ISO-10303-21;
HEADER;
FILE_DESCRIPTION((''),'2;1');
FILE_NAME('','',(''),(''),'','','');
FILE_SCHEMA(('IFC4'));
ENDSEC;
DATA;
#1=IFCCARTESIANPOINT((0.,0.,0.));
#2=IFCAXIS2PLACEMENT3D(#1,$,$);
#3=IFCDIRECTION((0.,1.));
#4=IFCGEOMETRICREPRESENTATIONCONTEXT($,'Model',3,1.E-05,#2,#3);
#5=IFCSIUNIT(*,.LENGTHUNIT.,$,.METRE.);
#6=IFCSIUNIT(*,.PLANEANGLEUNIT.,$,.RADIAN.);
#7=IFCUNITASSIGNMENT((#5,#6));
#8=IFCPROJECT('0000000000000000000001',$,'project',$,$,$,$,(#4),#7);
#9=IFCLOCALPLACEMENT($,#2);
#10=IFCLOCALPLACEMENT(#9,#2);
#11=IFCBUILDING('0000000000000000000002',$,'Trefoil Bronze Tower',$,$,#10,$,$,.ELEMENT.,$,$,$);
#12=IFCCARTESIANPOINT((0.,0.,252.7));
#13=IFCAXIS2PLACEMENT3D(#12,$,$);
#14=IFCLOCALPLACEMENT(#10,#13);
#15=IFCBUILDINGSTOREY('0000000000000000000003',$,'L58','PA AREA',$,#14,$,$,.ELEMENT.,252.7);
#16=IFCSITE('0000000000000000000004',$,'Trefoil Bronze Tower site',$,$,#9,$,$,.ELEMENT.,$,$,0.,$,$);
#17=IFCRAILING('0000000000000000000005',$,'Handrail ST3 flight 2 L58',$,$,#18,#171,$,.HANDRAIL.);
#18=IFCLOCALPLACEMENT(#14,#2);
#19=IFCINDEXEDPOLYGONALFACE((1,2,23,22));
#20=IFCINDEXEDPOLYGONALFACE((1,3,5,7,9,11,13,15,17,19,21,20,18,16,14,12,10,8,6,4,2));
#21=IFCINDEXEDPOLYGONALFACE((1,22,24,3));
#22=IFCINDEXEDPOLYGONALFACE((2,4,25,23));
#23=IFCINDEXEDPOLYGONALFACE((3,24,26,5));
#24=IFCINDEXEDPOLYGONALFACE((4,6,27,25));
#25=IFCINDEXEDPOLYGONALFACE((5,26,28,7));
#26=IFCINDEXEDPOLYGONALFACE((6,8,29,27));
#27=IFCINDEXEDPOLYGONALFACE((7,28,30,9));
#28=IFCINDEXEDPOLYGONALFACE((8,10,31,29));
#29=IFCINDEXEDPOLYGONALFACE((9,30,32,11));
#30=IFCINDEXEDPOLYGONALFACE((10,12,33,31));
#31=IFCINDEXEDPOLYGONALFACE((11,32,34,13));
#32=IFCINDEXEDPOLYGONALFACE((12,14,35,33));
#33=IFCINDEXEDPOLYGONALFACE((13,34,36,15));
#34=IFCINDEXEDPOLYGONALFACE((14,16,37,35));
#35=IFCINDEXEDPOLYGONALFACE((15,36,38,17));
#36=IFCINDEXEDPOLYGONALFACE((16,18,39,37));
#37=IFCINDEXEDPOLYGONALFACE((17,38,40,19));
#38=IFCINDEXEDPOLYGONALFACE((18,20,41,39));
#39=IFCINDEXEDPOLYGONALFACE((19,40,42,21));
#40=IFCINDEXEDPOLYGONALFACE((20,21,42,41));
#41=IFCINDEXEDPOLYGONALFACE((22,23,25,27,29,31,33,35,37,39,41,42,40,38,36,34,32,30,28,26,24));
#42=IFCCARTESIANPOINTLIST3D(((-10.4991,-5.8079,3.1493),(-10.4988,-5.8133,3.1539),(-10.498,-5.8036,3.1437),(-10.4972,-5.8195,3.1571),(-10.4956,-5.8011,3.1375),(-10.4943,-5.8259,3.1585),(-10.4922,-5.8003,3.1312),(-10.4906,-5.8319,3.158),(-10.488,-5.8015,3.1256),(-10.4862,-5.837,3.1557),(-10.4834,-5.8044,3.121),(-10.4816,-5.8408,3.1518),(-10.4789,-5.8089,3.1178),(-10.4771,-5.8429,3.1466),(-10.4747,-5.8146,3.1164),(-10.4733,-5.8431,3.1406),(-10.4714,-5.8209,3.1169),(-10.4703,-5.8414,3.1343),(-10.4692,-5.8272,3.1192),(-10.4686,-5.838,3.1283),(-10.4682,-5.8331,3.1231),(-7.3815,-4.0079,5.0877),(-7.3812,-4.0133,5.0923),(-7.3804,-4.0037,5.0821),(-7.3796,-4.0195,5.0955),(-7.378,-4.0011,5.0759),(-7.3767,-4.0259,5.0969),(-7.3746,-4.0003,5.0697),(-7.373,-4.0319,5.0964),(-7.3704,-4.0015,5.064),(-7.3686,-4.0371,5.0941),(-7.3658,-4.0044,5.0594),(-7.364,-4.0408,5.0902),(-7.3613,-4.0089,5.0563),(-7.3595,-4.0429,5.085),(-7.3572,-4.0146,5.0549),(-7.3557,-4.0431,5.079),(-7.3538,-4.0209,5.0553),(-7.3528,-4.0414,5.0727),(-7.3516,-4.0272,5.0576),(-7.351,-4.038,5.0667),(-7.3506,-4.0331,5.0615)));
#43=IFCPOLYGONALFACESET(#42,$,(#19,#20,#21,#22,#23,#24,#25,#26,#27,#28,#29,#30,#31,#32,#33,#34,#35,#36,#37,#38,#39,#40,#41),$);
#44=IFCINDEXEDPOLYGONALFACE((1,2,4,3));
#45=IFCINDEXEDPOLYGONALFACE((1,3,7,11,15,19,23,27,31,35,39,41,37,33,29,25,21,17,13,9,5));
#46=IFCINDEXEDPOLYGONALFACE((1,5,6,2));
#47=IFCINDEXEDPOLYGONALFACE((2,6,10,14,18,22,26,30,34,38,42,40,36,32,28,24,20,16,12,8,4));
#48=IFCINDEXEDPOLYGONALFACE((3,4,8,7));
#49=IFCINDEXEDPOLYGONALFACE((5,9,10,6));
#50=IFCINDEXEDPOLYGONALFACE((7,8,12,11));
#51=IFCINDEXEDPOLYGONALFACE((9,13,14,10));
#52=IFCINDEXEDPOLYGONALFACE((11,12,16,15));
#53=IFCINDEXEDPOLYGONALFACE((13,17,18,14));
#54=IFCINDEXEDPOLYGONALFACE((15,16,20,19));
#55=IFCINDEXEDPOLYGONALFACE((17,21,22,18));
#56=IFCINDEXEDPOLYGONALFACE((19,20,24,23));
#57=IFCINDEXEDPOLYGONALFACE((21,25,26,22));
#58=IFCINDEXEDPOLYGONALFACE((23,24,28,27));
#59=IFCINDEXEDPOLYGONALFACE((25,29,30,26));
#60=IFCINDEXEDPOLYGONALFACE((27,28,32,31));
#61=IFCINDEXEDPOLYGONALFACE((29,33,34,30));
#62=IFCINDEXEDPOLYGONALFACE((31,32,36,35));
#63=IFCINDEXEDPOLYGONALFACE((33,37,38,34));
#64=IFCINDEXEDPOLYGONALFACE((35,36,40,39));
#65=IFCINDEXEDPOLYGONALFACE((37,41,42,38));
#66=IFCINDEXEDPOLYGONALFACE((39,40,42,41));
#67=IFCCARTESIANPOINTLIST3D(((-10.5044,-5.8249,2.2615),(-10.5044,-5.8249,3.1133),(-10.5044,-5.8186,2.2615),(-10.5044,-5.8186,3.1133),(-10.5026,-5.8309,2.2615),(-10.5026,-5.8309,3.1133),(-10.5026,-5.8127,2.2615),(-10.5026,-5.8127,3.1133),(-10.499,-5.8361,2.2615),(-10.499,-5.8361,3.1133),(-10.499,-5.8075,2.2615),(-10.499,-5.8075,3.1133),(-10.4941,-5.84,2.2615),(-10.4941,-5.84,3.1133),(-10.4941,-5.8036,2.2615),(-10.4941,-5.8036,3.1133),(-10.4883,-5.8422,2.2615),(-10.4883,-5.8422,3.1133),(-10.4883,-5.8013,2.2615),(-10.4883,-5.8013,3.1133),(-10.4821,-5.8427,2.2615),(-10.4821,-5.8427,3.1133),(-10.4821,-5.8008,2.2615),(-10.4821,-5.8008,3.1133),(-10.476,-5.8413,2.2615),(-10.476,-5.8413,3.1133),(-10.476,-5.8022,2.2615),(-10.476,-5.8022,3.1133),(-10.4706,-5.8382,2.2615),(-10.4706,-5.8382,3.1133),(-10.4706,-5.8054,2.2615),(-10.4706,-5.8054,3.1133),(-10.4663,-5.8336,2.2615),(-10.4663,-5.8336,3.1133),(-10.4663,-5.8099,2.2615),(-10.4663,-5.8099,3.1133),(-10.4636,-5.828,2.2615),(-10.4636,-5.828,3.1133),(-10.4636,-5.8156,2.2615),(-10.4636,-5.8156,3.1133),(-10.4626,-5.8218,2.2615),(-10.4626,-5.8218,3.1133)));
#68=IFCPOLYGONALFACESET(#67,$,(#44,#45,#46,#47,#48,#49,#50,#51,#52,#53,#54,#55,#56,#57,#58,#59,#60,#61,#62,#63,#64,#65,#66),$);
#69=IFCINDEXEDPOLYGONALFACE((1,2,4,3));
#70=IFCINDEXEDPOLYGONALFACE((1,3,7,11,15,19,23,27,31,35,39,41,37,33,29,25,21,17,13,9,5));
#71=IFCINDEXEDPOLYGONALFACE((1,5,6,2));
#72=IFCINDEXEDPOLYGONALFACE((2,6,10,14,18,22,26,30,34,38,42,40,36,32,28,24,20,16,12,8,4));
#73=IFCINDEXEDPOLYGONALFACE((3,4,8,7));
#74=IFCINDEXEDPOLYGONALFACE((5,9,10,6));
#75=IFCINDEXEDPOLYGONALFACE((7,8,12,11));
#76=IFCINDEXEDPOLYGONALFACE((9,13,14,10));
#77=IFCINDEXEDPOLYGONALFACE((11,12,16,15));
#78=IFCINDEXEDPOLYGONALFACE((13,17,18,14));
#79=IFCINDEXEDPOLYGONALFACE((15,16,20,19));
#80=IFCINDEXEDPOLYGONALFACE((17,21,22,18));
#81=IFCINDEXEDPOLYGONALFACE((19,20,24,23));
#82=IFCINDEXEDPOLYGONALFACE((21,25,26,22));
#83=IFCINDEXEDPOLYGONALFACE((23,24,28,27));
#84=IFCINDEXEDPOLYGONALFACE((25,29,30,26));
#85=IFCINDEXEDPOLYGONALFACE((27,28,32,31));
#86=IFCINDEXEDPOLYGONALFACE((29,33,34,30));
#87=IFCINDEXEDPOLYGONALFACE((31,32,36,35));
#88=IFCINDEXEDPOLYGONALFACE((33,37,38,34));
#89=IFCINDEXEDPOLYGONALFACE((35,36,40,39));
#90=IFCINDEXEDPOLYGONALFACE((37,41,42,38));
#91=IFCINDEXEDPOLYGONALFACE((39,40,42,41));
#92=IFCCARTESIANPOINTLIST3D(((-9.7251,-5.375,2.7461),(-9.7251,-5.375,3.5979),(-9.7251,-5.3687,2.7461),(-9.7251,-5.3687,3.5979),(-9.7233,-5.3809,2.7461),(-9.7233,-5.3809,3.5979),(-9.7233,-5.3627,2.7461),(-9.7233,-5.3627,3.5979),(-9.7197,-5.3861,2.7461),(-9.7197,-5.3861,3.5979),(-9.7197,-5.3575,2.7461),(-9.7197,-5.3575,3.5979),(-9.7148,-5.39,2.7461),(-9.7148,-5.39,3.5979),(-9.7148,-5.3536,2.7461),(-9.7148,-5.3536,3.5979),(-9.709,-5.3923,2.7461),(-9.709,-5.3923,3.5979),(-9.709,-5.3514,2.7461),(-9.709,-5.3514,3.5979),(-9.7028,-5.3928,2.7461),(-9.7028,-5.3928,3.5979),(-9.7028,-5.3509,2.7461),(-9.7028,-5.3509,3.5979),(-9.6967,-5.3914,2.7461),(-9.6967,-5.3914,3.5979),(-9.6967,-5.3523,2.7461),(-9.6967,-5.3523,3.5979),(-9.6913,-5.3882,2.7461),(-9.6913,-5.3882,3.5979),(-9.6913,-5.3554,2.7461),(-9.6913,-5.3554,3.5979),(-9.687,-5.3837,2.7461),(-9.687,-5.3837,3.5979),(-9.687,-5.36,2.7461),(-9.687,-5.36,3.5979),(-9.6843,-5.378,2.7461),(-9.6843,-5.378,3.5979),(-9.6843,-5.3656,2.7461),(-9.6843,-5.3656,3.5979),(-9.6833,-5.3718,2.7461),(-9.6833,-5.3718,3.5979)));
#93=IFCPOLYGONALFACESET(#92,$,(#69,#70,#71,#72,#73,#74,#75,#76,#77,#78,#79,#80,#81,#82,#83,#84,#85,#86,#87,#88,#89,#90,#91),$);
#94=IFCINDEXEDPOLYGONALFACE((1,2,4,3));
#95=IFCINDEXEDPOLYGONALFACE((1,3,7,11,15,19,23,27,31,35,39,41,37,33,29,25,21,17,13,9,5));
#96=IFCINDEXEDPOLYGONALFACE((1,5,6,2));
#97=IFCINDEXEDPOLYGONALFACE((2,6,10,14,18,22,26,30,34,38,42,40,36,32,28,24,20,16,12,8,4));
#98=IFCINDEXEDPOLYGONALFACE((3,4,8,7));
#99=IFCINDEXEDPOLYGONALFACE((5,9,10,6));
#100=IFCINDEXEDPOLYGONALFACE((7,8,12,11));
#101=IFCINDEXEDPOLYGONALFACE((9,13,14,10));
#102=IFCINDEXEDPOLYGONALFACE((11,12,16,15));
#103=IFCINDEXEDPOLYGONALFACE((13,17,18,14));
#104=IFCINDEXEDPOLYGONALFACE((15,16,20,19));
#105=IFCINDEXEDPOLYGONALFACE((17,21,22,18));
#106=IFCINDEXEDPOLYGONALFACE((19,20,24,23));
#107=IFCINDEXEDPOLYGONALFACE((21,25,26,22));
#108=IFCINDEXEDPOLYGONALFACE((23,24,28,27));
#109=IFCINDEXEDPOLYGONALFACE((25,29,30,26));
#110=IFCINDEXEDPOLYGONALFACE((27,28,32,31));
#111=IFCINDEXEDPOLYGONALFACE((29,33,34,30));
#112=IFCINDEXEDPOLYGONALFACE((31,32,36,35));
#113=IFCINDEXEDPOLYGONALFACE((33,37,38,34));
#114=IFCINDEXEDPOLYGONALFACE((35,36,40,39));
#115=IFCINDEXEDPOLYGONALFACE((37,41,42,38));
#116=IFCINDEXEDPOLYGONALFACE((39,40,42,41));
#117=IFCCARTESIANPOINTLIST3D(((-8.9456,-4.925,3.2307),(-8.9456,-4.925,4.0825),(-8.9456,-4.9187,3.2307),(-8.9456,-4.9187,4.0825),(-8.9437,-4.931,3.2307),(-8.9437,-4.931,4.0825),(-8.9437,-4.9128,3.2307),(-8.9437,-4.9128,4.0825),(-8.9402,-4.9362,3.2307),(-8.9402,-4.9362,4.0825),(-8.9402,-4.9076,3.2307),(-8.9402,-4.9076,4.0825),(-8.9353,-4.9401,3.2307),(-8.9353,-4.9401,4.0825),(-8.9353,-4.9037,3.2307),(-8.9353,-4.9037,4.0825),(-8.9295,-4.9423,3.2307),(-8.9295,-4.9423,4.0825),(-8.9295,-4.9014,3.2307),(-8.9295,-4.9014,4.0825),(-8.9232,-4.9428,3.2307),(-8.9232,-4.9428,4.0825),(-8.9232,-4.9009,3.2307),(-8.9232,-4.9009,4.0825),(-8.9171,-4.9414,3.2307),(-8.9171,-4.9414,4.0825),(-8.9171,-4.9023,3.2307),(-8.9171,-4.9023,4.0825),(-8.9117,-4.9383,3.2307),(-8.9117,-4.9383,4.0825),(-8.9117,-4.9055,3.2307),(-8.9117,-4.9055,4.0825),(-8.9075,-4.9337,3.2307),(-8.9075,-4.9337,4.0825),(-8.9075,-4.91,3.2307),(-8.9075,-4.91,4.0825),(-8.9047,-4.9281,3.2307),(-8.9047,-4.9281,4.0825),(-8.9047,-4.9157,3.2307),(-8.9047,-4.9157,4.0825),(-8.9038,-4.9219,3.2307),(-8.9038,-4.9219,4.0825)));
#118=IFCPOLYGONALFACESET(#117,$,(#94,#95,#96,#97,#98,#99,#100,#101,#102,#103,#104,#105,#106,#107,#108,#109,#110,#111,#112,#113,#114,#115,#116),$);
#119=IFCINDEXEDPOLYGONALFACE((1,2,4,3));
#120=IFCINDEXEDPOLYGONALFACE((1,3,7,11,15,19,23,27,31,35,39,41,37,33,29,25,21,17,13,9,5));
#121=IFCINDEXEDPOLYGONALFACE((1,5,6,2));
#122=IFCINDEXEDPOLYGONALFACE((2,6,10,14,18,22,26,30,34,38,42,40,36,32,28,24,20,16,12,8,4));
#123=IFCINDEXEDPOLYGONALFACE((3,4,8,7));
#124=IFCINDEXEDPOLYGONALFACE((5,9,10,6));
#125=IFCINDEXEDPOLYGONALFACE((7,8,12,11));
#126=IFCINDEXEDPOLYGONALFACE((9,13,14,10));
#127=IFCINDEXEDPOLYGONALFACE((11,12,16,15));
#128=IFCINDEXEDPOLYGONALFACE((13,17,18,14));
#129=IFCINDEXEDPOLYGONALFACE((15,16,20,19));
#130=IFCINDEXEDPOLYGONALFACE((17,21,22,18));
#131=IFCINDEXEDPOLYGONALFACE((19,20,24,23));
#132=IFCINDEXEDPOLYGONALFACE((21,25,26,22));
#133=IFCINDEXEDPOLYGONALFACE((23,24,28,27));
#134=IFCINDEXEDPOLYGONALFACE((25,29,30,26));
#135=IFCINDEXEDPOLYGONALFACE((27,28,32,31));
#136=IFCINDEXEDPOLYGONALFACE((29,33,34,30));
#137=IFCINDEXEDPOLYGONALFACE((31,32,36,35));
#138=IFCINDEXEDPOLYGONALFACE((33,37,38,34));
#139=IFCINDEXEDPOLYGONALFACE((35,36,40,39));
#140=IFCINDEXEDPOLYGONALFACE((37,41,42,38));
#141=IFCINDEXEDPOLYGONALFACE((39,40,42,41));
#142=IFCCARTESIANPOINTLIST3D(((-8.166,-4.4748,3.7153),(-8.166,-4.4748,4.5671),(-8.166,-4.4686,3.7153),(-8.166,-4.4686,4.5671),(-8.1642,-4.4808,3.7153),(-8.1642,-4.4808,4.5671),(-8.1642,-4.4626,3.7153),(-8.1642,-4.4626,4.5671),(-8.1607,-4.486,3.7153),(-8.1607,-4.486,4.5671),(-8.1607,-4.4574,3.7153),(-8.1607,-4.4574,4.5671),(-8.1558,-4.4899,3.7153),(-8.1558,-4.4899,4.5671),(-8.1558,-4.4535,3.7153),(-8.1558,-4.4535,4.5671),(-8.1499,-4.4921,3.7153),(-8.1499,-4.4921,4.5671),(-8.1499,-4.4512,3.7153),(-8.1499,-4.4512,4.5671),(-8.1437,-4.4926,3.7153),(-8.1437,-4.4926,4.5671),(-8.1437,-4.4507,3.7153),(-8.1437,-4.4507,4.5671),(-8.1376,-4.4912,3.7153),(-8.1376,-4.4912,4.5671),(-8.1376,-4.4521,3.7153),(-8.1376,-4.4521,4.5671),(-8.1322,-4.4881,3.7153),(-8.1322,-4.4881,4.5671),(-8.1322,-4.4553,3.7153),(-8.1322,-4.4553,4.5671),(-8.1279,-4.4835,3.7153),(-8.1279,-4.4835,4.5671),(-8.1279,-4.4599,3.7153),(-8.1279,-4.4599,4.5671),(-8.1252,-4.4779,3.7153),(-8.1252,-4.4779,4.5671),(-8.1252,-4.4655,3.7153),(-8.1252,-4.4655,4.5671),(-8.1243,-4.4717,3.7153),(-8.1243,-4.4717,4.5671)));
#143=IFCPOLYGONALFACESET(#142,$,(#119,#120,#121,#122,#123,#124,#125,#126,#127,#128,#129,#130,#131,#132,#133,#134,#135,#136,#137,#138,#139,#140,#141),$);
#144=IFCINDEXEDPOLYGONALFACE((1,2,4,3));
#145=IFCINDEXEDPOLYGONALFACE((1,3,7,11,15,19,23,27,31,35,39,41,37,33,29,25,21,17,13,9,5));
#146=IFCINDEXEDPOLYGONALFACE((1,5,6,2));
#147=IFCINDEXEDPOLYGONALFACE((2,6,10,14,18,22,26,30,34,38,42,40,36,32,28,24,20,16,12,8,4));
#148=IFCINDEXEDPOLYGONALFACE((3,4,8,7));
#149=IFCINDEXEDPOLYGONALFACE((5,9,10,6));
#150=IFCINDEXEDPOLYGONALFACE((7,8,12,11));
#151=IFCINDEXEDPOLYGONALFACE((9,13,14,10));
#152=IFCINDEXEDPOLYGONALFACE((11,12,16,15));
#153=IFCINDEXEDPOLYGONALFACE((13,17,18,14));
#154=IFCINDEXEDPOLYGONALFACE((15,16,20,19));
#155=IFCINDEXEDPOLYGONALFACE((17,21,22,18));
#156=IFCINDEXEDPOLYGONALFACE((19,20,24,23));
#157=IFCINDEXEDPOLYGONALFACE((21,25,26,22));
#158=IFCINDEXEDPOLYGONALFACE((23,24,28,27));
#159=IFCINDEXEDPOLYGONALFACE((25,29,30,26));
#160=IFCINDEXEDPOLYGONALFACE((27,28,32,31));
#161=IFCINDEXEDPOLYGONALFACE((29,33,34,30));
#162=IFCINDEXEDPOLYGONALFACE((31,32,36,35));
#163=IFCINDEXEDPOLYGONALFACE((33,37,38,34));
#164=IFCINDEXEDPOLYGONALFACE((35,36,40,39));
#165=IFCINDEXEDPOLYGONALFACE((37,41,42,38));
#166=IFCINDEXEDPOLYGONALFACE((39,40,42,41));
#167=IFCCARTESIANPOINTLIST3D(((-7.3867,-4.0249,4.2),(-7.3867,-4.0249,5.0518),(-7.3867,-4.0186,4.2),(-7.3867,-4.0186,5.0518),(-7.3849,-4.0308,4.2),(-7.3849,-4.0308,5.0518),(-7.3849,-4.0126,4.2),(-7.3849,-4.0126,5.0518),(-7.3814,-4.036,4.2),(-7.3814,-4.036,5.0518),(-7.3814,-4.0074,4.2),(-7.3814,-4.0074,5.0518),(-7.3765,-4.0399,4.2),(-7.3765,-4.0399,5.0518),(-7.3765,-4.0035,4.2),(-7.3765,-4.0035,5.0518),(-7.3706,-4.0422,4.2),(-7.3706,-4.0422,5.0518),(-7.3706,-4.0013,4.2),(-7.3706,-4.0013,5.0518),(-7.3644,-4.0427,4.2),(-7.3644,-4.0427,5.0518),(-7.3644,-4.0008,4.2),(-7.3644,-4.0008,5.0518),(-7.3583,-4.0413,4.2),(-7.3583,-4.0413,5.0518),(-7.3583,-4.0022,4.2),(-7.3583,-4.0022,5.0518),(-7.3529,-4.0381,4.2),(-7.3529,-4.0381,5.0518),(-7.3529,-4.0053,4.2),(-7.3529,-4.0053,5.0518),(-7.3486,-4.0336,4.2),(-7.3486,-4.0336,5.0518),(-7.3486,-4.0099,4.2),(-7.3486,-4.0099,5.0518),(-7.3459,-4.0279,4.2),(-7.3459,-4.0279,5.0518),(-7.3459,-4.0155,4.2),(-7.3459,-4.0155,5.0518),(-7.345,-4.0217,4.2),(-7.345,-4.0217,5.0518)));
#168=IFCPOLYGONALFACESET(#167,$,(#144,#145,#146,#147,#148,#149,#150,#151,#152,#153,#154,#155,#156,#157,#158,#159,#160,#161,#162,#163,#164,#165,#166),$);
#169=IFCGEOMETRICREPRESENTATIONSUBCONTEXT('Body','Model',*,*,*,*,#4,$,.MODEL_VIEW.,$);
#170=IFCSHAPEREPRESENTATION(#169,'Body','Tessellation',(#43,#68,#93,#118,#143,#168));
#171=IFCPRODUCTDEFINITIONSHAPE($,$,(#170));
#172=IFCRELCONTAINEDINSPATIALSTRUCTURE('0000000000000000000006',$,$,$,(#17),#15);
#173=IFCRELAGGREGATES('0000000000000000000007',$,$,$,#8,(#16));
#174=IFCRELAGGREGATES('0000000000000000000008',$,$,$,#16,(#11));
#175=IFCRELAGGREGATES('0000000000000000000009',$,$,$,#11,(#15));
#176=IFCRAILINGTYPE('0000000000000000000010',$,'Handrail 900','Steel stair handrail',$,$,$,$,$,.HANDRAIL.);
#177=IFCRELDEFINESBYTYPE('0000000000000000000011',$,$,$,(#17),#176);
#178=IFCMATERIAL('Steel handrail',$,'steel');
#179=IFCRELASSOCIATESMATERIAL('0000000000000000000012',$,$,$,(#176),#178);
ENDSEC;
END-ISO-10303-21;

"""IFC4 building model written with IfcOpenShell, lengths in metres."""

from ifc_helpers import new_model, si_unit, direction, frame, origin, origin_2d, place, context, subcontext, project, spatial, circle, extrude, material, type_object, element, save


model = new_model("IFC4")

# Units and contexts
model_context = context("Model", 3, precision=1e-05, world=origin(), true_north=direction((0.0, 1.0)))
body_context = subcontext(model_context, "Body", "Model", "MODEL_VIEW")
ifc_project = project(units=[si_unit("LENGTHUNIT", "METRE"), si_unit("PLANEANGLEUNIT", "RADIAN")], contexts=[model_context])

# Site, building, storey
site_placement = place(None, origin())
site = spatial("IfcSite", under=ifc_project, at=site_placement, Name="Trefoil Bronze Tower site", CompositionType="ELEMENT", RefElevation=0.0)
building_placement = place(site_placement, origin())
building = spatial("IfcBuilding", under=site, at=building_placement, Name="Trefoil Bronze Tower", CompositionType="ELEMENT")
storey_placement = place(building_placement, frame((0.0, 0.0, 252.7)))
storey = spatial("IfcBuildingStorey", under=building, at=storey_placement, Name="L58", Description="PA AREA", CompositionType="ELEMENT", Elevation=252.7)

# Railing
ifc_material_1 = material(Name="Steel handrail", Category="steel")
railing_type = type_object("IfcRailingType", Name="Handrail 900", Description="Steel stair handrail", PredefinedType="HANDRAIL", material=ifc_material_1)
railing_placement = place(storey_placement, frame((-10.4836, -5.8218, 2.2615)))
element("IfcRailing", 1, at=railing_placement, inside=storey, type_object=railing_type, Name="Handrail ST3 flight 2 L58", PredefinedType="HANDRAIL", context=body_context, shape_type="SweptSolid", body=[
    extrude(circle(Radius=0.0239, at=origin_2d()), frame((0.0, 0.0, 0.876), z_axis=(0.762503, 0.440246, 0.474102), x_axis=(-0.500012, 0.866018, 0.0)), (0.0, 0.0, 1.0), 4.0886),
    extrude(circle(Radius=0.021, at=origin_2d()), origin(), (0.0, 0.0, 1.0), 0.8518),
    extrude(circle(Radius=0.021, at=origin_2d()), frame((0.7793, 0.45, 0.4846)), (0.0, 0.0, 1.0), 0.8518),
    extrude(circle(Radius=0.021, at=origin_2d()), frame((1.5588, 0.8999, 0.9692)), (0.0, 0.0, 1.0), 0.8518),
    extrude(circle(Radius=0.021, at=origin_2d()), frame((2.3384, 1.3501, 1.4539)), (0.0, 0.0, 1.0), 0.8518),
    extrude(circle(Radius=0.021, at=origin_2d()), frame((3.1177, 1.8, 1.9385)), (0.0, 0.0, 1.0), 0.8518),
])

save(model, "model.ifc")
